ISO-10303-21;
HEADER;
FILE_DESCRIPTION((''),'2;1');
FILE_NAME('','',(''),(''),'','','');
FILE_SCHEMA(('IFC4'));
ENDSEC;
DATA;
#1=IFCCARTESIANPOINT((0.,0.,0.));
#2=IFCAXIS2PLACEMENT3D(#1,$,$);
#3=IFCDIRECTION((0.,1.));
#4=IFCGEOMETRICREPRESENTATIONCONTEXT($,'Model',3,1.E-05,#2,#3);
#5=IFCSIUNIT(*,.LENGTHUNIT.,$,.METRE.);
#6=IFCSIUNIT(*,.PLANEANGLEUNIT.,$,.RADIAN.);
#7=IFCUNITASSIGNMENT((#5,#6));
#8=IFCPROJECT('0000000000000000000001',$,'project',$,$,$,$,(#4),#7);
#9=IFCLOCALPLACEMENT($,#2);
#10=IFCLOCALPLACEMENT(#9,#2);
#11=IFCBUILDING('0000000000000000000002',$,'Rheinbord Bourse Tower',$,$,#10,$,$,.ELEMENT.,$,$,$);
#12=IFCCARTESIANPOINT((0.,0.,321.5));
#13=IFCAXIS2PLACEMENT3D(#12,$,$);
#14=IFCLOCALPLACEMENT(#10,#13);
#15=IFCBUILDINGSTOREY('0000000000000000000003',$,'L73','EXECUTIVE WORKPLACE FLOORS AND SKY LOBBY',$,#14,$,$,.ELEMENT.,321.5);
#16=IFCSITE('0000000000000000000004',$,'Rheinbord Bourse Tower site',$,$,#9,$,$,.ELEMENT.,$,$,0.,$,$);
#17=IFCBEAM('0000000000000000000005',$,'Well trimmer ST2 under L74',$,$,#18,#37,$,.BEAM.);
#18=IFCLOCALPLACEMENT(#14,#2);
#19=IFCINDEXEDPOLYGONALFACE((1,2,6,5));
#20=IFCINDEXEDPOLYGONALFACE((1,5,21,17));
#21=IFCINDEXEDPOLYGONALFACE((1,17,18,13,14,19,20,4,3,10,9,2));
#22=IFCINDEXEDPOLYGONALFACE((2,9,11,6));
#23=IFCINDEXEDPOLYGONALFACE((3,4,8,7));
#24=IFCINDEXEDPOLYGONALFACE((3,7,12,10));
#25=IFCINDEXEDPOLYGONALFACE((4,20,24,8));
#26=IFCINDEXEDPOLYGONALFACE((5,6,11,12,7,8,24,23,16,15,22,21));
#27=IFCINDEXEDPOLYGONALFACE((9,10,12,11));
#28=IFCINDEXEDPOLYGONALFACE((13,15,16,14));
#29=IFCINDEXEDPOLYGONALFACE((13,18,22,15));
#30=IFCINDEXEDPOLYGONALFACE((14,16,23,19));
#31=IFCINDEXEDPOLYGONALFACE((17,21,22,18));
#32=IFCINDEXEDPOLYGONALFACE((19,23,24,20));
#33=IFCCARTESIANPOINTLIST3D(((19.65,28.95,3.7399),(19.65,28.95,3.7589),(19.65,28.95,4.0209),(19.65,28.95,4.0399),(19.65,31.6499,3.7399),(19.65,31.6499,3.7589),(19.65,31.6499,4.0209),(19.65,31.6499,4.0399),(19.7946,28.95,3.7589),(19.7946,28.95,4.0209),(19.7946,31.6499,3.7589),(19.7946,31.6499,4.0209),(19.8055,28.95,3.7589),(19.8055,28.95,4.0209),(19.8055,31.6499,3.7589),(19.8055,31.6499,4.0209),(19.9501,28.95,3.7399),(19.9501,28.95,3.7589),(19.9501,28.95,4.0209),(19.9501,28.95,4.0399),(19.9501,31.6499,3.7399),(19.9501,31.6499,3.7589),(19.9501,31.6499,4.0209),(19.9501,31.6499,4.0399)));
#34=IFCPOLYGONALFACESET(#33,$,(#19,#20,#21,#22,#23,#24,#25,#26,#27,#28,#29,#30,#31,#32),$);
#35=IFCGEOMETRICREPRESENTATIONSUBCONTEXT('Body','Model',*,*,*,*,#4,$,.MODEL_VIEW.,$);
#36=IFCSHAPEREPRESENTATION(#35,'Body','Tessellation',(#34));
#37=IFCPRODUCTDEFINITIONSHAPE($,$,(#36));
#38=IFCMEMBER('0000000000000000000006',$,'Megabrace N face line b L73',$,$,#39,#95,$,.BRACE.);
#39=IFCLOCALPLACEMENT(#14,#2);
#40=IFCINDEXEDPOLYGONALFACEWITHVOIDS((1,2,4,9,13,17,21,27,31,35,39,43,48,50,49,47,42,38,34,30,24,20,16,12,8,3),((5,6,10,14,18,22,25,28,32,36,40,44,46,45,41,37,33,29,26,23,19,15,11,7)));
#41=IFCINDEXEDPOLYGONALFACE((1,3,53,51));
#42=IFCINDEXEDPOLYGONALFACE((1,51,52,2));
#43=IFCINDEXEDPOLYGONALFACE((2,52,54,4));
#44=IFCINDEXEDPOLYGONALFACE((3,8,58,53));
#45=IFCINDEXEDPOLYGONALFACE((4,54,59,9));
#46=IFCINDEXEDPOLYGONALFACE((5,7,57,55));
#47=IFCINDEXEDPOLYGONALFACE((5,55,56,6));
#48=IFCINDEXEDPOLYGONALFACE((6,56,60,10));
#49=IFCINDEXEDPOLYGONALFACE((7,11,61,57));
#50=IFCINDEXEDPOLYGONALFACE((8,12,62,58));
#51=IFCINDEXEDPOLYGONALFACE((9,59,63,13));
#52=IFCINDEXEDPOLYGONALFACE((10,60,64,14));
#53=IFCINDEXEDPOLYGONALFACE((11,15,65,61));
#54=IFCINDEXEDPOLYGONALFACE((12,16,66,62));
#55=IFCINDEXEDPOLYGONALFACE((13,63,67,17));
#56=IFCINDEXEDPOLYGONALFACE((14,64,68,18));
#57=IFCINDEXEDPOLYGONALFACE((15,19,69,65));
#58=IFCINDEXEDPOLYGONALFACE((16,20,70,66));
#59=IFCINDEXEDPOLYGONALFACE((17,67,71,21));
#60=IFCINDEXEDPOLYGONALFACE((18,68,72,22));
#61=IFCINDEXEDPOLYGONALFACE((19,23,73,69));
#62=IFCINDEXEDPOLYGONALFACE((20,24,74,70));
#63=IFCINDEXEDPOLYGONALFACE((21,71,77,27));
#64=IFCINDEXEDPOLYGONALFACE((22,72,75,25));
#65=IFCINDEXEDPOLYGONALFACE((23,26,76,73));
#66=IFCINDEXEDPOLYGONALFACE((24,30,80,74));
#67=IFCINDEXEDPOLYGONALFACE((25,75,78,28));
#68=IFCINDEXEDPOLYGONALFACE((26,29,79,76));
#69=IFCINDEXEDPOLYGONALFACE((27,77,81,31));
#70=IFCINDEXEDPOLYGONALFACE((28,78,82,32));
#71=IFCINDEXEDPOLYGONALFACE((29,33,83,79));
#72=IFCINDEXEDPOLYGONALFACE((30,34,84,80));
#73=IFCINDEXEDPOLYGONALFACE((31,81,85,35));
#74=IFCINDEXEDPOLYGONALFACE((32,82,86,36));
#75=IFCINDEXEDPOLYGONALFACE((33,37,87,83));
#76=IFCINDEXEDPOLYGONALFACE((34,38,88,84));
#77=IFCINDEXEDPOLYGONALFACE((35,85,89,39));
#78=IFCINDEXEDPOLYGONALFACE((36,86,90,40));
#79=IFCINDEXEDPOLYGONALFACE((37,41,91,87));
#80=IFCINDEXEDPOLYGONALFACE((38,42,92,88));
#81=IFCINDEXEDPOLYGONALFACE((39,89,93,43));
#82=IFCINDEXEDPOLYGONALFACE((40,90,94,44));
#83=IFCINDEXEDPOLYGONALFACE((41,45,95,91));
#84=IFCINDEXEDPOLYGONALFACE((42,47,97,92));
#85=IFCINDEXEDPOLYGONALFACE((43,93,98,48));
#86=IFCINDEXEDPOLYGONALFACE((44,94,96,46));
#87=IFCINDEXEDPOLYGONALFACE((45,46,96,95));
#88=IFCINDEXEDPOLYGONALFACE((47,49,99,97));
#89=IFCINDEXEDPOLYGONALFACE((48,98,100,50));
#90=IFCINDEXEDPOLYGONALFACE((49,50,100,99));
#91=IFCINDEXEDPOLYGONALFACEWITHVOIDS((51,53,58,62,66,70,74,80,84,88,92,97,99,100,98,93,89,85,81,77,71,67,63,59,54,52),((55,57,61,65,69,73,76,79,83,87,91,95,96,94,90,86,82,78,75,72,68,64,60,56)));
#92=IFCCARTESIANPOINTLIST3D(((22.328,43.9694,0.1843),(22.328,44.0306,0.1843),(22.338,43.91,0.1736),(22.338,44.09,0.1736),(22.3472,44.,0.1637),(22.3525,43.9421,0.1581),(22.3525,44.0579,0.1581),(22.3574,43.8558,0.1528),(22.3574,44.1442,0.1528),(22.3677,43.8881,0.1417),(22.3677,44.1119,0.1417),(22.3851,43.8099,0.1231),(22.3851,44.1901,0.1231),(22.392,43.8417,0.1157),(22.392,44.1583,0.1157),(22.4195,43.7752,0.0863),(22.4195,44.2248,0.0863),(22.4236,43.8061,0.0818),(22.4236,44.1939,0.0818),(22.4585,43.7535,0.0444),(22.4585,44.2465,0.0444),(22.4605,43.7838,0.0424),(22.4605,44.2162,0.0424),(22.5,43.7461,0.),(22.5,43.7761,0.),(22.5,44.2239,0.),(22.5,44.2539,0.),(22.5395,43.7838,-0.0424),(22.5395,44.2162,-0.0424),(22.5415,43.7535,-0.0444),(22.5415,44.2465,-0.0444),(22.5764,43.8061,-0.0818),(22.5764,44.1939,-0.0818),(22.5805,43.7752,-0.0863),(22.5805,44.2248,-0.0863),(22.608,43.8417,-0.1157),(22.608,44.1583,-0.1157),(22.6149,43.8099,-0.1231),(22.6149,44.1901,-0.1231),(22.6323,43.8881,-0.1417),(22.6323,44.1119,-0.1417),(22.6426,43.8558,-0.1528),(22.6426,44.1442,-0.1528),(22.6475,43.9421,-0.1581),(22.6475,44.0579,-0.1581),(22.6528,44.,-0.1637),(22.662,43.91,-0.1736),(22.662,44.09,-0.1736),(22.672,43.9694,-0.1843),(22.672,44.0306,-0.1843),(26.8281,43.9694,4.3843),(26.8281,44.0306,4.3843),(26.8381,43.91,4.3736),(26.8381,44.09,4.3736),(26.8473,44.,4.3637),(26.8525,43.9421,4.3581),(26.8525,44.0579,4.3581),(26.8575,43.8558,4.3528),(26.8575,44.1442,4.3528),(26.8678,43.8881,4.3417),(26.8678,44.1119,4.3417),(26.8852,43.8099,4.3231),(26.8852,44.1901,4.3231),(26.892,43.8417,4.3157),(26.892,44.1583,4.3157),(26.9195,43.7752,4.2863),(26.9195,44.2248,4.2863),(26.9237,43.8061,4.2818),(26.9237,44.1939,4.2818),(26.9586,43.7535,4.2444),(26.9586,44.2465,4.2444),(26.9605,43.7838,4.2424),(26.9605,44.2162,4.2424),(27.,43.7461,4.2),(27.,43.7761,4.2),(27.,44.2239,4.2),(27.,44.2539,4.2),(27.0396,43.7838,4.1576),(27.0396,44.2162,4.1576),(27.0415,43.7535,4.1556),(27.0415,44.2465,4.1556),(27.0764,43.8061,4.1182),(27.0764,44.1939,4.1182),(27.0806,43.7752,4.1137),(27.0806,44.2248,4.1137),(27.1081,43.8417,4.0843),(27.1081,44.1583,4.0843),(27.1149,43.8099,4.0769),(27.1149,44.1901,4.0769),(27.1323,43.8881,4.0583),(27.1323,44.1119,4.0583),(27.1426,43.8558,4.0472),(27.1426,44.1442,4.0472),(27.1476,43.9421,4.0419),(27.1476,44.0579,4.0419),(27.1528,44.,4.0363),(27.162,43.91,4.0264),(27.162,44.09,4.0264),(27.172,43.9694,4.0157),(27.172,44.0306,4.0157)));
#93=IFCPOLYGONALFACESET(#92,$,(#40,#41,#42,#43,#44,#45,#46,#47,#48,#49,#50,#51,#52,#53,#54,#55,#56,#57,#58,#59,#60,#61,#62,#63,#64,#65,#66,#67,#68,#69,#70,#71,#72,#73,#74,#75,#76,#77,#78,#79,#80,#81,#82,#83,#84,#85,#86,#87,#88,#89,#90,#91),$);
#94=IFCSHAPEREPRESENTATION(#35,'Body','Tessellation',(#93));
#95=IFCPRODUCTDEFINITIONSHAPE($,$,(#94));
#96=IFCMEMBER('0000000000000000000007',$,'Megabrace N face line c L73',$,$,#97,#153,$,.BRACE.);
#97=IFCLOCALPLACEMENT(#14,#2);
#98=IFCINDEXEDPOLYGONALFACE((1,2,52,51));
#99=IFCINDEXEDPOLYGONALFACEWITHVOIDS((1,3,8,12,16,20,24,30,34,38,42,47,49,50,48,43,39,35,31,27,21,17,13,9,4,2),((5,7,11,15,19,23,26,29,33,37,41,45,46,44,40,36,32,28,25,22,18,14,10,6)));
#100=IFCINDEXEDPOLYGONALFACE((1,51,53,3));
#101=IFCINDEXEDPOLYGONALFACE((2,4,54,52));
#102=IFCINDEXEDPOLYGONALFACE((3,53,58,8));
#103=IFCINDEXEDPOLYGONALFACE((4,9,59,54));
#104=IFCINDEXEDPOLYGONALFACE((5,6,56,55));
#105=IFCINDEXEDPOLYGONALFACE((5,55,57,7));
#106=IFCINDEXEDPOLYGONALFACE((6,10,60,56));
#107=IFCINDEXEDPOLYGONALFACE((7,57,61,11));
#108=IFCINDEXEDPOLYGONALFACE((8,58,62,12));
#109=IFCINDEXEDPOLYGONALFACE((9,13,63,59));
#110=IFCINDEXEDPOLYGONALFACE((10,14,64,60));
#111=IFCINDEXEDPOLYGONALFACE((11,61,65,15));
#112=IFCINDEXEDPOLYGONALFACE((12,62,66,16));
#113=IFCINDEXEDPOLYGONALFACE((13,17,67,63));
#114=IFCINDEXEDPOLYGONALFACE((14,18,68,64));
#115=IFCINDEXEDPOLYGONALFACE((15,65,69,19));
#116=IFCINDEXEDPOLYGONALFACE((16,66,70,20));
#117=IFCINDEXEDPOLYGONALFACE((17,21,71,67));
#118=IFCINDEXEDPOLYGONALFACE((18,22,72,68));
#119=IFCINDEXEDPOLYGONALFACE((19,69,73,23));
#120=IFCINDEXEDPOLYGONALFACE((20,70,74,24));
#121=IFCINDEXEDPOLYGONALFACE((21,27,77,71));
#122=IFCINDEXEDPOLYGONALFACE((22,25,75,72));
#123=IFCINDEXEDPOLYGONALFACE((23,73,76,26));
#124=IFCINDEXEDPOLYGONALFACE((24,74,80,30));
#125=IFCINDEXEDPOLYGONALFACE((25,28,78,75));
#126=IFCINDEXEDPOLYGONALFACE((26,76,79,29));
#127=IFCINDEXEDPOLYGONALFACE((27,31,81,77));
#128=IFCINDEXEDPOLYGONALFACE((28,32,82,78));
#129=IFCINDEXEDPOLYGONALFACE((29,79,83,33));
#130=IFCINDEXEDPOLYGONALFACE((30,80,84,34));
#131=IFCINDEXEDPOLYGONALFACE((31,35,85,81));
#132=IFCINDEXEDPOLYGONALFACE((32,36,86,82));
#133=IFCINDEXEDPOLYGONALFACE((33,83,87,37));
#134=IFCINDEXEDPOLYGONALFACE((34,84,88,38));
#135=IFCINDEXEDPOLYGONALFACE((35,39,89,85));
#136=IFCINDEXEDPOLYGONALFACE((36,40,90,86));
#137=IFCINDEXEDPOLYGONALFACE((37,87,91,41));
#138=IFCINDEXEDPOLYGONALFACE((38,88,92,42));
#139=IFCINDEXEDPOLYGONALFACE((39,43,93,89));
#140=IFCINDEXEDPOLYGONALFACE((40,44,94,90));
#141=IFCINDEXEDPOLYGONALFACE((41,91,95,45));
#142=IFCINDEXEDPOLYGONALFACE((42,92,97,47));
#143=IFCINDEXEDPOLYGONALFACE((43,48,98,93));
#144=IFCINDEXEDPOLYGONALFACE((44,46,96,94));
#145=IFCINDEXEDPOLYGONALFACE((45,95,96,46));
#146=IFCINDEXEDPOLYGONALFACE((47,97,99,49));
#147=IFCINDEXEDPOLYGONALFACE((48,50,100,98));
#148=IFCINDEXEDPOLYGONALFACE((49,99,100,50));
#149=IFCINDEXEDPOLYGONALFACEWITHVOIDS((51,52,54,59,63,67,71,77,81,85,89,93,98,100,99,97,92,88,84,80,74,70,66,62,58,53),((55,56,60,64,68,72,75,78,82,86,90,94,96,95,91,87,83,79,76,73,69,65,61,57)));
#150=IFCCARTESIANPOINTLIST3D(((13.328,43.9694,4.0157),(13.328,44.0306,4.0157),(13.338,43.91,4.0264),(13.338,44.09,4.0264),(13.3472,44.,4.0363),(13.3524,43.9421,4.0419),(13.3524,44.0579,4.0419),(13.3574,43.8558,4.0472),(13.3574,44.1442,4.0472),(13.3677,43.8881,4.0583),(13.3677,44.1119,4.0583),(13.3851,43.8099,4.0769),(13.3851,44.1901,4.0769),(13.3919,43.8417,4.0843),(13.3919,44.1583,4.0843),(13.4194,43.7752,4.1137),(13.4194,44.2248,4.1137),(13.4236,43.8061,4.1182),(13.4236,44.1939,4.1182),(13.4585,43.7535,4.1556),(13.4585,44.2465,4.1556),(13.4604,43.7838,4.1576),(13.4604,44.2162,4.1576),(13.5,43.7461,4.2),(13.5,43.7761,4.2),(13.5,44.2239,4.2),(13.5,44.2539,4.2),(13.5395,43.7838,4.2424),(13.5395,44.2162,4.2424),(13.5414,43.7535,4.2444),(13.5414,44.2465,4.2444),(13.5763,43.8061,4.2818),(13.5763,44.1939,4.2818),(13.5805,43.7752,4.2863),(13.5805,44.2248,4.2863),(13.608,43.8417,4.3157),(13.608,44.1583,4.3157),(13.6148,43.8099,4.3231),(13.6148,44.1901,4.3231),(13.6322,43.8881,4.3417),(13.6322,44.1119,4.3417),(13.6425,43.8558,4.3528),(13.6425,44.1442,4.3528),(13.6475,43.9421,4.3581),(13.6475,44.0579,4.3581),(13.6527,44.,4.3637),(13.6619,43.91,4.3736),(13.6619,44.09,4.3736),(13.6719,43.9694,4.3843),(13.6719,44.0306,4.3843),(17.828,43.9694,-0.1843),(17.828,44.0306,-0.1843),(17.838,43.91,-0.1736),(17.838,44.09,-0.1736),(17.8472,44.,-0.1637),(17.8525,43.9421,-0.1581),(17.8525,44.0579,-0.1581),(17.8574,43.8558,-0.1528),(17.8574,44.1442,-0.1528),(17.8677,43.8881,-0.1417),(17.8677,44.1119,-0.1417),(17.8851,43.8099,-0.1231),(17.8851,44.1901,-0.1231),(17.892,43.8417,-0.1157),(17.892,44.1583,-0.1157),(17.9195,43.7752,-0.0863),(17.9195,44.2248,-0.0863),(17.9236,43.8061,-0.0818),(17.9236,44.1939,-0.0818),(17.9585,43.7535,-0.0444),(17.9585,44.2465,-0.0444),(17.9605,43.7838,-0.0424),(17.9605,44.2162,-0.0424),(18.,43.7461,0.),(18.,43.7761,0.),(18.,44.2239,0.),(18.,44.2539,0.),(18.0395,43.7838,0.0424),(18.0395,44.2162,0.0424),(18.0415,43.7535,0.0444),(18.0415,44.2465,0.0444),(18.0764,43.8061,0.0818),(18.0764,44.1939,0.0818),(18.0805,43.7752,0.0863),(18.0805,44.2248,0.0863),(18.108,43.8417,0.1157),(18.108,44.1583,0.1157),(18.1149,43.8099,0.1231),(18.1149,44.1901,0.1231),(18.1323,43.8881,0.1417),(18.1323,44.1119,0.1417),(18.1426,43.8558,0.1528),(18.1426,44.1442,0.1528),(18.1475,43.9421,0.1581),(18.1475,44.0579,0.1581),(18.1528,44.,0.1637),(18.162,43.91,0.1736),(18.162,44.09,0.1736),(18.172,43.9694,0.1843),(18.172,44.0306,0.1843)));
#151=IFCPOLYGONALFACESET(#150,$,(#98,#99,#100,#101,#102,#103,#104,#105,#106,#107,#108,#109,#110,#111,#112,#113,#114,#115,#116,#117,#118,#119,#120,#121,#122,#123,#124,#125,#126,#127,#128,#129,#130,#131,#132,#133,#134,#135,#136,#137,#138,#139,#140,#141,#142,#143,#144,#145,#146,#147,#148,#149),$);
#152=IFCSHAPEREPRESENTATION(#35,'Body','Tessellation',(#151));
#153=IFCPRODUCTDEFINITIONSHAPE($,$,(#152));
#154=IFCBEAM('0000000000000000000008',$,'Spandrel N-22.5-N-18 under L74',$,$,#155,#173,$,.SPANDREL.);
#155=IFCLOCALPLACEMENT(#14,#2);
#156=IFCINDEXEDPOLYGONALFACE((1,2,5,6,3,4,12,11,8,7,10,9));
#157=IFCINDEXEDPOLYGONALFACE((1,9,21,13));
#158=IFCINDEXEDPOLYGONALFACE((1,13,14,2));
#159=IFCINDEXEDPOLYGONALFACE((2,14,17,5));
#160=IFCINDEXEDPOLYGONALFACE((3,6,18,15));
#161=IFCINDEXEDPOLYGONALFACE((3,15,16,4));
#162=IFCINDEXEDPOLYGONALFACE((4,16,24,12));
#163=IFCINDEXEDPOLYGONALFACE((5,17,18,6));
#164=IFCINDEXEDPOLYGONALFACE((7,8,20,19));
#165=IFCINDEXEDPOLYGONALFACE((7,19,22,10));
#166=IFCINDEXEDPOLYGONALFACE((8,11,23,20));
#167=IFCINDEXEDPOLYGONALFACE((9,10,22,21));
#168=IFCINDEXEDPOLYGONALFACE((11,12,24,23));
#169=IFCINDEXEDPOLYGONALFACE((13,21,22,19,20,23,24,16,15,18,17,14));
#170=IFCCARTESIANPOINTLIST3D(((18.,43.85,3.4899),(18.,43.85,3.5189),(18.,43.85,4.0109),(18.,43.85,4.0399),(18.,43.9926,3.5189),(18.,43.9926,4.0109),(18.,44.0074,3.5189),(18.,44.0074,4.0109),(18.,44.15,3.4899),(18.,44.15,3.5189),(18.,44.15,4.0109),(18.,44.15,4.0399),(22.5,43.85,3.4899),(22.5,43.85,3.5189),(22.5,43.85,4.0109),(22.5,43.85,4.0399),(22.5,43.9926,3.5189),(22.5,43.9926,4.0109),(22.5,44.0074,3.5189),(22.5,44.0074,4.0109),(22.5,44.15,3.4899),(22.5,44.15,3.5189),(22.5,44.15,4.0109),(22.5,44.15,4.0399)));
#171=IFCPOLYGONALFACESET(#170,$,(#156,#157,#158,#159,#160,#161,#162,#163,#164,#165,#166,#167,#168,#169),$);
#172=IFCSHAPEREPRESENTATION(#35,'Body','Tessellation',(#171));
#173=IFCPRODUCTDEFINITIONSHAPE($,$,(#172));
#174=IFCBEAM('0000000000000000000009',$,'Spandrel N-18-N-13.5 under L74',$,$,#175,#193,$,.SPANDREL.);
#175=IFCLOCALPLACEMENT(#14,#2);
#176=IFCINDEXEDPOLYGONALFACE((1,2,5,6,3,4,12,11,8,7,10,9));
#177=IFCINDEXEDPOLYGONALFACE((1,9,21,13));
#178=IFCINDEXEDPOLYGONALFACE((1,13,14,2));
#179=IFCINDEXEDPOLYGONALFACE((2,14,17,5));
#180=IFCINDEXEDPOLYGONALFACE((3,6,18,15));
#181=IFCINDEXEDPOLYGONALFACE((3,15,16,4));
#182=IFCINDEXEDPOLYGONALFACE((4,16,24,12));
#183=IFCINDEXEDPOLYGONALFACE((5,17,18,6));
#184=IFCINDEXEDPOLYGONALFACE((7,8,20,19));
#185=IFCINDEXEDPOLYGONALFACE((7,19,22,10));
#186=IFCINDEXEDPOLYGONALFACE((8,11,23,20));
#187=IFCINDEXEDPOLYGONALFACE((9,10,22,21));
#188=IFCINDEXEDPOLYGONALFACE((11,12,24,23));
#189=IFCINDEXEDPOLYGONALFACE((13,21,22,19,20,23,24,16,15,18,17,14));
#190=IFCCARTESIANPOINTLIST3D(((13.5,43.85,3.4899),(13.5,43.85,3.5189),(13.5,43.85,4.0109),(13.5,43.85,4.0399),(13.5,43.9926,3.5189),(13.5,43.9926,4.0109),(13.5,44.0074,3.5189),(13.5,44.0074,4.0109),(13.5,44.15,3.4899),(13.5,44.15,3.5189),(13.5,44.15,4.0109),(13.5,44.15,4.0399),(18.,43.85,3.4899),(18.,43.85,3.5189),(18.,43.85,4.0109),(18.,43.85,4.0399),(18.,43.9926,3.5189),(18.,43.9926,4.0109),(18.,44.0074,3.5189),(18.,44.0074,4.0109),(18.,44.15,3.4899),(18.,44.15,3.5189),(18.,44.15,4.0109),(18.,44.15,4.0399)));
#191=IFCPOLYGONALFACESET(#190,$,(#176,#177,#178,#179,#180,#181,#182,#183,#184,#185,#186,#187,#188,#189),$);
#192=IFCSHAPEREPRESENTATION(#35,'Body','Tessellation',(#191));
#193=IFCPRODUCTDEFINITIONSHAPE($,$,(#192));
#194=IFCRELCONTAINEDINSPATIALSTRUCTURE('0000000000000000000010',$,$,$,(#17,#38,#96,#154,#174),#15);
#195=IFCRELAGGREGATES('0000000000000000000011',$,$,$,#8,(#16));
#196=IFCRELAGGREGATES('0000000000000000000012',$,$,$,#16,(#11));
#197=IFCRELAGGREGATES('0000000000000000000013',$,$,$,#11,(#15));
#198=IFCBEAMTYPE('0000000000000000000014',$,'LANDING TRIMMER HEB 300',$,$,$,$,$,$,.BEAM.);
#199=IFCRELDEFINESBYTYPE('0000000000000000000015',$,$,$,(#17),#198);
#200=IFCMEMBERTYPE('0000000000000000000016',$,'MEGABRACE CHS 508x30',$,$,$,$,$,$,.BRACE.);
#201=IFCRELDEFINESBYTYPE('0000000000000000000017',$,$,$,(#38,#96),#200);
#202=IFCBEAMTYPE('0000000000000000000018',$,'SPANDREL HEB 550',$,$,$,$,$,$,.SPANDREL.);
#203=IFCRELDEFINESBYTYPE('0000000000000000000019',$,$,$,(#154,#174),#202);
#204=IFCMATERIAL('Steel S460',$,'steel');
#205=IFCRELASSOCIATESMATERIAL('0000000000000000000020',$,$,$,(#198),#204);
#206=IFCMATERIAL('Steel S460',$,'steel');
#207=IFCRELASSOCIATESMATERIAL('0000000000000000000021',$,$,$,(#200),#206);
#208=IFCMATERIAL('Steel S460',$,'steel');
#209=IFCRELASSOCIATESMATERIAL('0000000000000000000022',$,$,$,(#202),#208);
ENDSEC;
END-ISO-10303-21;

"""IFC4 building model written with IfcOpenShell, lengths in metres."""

from ifc_helpers import new_model, si_unit, direction, frame, origin, origin_2d, place, context, subcontext, project, spatial, hollow_circle, i_section, extrude, material, material_profile, profile_set, type_object, element, save


model = new_model("IFC4")

# Units and contexts
model_context = context("Model", 3, precision=1e-05, world=origin(), true_north=direction((0.0, 1.0)))
body_context = subcontext(model_context, "Body", "Model", "MODEL_VIEW")
ifc_project = project(units=[si_unit("LENGTHUNIT", "METRE"), si_unit("PLANEANGLEUNIT", "RADIAN")], contexts=[model_context])

# Site, building, storey
site_placement = place(None, origin())
site = spatial("IfcSite", under=ifc_project, at=site_placement, Name="Rheinbord Bourse Tower site", CompositionType="ELEMENT", RefElevation=0.0)
building_placement = place(site_placement, origin())
building = spatial("IfcBuilding", under=site, at=building_placement, Name="Rheinbord Bourse Tower", CompositionType="ELEMENT")
storey_placement = place(building_placement, frame((0.0, 0.0, 321.5)))
storey = spatial("IfcBuildingStorey", under=building, at=storey_placement, Name="L73", Description="EXECUTIVE WORKPLACE FLOORS AND SKY LOBBY", CompositionType="ELEMENT", Elevation=321.5)

# Beam
ifc_material_1 = material(Name="Steel S460", Category="steel")
ifc_material_profile_1 = material_profile(ifc_material_1, i_section(OverallWidth=0.3, OverallDepth=0.3, WebThickness=0.011, FlangeThickness=0.019, at=origin_2d()), Name="HEB 300")
ifc_profile_set_1 = profile_set([ifc_material_profile_1], Name="Steel S460")
beam_type_1 = type_object("IfcBeamType", Name="LANDING TRIMMER HEB 300", PredefinedType="BEAM", material=ifc_profile_set_1)
beam_placement = place(storey_placement, frame((19.8, 28.95, 3.8899), z_axis=(0.0, 1.0, 0.0), x_axis=(-1.0, 0.0, 0.0)))
element("IfcBeam", 1, at=beam_placement, inside=storey, type_object=beam_type_1, Name="Well trimmer ST2 under L74", PredefinedType="BEAM", context=body_context, shape_type="SweptSolid", body=[
    extrude(i_section(OverallWidth=0.3, OverallDepth=0.3, WebThickness=0.011, FlangeThickness=0.019, at=origin_2d()), origin(), (0.0, 0.0, 1.0), 2.7),
])

# Members
ifc_material_2 = material(Name="Steel S460", Category="steel")
ifc_material_profile_2 = material_profile(ifc_material_2, hollow_circle(Radius=0.2539, WallThickness=0.03, at=origin_2d()), Name="CHS 508x30")
ifc_profile_set_2 = profile_set([ifc_material_profile_2], Name="Steel S460")
member_type_1 = type_object("IfcMemberType", Name="MEGABRACE CHS 508x30", PredefinedType="BRACE", material=ifc_profile_set_2)
for number, where, z_axis, x_axis, name in (
    (2, (22.5, 44.0, 0.0), (0.731059, 0.0, 0.682314), (0.0, 1.0, 0.0), "Megabrace N face line b L73"),
    (3, (18.0, 44.0, 0.0), (-0.731059, 0.0, 0.682314), (0.0, -1.0, 0.0), "Megabrace N face line c L73"),
):
    element("IfcMember", number, at=place(storey_placement, frame(where, z_axis=z_axis, x_axis=x_axis)), inside=storey, type_object=member_type_1, Name=name, PredefinedType="BRACE", context=body_context, shape_type="SweptSolid", body=[
        extrude(hollow_circle(Radius=0.2539, WallThickness=0.03, at=origin_2d()), origin(), (0.0, 0.0, 1.0), 6.1555),
    ])

# Beams
ifc_material_3 = material(Name="Steel S460", Category="steel")
ifc_material_profile_3 = material_profile(ifc_material_3, i_section(OverallWidth=0.3, OverallDepth=0.55, WebThickness=0.0149, FlangeThickness=0.0291, at=origin_2d()), Name="HEB 550")
ifc_profile_set_3 = profile_set([ifc_material_profile_3], Name="Steel S460")
beam_type_2 = type_object("IfcBeamType", Name="SPANDREL HEB 550", PredefinedType="SPANDREL", material=ifc_profile_set_3)
for number, where, z_axis, x_axis, name in (
    (4, (22.5, 44.0, 3.7649), (-1.0, 0.0, 0.0), (0.0, -1.0, 0.0), "Spandrel N-22.5-N-18 under L74"),
    (5, (18.0, 44.0, 3.7649), (-1.0, 0.0, 0.0), (0.0, -1.0, 0.0), "Spandrel N-18-N-13.5 under L74"),
):
    element("IfcBeam", number, at=place(storey_placement, frame(where, z_axis=z_axis, x_axis=x_axis)), inside=storey, type_object=beam_type_2, Name=name, PredefinedType="SPANDREL", context=body_context, shape_type="SweptSolid", body=[
        extrude(i_section(OverallWidth=0.3, OverallDepth=0.55, WebThickness=0.0149, FlangeThickness=0.0291, at=origin_2d()), origin(), (0.0, 0.0, 1.0), 4.5),
    ])

save(model, "model.ifc")
